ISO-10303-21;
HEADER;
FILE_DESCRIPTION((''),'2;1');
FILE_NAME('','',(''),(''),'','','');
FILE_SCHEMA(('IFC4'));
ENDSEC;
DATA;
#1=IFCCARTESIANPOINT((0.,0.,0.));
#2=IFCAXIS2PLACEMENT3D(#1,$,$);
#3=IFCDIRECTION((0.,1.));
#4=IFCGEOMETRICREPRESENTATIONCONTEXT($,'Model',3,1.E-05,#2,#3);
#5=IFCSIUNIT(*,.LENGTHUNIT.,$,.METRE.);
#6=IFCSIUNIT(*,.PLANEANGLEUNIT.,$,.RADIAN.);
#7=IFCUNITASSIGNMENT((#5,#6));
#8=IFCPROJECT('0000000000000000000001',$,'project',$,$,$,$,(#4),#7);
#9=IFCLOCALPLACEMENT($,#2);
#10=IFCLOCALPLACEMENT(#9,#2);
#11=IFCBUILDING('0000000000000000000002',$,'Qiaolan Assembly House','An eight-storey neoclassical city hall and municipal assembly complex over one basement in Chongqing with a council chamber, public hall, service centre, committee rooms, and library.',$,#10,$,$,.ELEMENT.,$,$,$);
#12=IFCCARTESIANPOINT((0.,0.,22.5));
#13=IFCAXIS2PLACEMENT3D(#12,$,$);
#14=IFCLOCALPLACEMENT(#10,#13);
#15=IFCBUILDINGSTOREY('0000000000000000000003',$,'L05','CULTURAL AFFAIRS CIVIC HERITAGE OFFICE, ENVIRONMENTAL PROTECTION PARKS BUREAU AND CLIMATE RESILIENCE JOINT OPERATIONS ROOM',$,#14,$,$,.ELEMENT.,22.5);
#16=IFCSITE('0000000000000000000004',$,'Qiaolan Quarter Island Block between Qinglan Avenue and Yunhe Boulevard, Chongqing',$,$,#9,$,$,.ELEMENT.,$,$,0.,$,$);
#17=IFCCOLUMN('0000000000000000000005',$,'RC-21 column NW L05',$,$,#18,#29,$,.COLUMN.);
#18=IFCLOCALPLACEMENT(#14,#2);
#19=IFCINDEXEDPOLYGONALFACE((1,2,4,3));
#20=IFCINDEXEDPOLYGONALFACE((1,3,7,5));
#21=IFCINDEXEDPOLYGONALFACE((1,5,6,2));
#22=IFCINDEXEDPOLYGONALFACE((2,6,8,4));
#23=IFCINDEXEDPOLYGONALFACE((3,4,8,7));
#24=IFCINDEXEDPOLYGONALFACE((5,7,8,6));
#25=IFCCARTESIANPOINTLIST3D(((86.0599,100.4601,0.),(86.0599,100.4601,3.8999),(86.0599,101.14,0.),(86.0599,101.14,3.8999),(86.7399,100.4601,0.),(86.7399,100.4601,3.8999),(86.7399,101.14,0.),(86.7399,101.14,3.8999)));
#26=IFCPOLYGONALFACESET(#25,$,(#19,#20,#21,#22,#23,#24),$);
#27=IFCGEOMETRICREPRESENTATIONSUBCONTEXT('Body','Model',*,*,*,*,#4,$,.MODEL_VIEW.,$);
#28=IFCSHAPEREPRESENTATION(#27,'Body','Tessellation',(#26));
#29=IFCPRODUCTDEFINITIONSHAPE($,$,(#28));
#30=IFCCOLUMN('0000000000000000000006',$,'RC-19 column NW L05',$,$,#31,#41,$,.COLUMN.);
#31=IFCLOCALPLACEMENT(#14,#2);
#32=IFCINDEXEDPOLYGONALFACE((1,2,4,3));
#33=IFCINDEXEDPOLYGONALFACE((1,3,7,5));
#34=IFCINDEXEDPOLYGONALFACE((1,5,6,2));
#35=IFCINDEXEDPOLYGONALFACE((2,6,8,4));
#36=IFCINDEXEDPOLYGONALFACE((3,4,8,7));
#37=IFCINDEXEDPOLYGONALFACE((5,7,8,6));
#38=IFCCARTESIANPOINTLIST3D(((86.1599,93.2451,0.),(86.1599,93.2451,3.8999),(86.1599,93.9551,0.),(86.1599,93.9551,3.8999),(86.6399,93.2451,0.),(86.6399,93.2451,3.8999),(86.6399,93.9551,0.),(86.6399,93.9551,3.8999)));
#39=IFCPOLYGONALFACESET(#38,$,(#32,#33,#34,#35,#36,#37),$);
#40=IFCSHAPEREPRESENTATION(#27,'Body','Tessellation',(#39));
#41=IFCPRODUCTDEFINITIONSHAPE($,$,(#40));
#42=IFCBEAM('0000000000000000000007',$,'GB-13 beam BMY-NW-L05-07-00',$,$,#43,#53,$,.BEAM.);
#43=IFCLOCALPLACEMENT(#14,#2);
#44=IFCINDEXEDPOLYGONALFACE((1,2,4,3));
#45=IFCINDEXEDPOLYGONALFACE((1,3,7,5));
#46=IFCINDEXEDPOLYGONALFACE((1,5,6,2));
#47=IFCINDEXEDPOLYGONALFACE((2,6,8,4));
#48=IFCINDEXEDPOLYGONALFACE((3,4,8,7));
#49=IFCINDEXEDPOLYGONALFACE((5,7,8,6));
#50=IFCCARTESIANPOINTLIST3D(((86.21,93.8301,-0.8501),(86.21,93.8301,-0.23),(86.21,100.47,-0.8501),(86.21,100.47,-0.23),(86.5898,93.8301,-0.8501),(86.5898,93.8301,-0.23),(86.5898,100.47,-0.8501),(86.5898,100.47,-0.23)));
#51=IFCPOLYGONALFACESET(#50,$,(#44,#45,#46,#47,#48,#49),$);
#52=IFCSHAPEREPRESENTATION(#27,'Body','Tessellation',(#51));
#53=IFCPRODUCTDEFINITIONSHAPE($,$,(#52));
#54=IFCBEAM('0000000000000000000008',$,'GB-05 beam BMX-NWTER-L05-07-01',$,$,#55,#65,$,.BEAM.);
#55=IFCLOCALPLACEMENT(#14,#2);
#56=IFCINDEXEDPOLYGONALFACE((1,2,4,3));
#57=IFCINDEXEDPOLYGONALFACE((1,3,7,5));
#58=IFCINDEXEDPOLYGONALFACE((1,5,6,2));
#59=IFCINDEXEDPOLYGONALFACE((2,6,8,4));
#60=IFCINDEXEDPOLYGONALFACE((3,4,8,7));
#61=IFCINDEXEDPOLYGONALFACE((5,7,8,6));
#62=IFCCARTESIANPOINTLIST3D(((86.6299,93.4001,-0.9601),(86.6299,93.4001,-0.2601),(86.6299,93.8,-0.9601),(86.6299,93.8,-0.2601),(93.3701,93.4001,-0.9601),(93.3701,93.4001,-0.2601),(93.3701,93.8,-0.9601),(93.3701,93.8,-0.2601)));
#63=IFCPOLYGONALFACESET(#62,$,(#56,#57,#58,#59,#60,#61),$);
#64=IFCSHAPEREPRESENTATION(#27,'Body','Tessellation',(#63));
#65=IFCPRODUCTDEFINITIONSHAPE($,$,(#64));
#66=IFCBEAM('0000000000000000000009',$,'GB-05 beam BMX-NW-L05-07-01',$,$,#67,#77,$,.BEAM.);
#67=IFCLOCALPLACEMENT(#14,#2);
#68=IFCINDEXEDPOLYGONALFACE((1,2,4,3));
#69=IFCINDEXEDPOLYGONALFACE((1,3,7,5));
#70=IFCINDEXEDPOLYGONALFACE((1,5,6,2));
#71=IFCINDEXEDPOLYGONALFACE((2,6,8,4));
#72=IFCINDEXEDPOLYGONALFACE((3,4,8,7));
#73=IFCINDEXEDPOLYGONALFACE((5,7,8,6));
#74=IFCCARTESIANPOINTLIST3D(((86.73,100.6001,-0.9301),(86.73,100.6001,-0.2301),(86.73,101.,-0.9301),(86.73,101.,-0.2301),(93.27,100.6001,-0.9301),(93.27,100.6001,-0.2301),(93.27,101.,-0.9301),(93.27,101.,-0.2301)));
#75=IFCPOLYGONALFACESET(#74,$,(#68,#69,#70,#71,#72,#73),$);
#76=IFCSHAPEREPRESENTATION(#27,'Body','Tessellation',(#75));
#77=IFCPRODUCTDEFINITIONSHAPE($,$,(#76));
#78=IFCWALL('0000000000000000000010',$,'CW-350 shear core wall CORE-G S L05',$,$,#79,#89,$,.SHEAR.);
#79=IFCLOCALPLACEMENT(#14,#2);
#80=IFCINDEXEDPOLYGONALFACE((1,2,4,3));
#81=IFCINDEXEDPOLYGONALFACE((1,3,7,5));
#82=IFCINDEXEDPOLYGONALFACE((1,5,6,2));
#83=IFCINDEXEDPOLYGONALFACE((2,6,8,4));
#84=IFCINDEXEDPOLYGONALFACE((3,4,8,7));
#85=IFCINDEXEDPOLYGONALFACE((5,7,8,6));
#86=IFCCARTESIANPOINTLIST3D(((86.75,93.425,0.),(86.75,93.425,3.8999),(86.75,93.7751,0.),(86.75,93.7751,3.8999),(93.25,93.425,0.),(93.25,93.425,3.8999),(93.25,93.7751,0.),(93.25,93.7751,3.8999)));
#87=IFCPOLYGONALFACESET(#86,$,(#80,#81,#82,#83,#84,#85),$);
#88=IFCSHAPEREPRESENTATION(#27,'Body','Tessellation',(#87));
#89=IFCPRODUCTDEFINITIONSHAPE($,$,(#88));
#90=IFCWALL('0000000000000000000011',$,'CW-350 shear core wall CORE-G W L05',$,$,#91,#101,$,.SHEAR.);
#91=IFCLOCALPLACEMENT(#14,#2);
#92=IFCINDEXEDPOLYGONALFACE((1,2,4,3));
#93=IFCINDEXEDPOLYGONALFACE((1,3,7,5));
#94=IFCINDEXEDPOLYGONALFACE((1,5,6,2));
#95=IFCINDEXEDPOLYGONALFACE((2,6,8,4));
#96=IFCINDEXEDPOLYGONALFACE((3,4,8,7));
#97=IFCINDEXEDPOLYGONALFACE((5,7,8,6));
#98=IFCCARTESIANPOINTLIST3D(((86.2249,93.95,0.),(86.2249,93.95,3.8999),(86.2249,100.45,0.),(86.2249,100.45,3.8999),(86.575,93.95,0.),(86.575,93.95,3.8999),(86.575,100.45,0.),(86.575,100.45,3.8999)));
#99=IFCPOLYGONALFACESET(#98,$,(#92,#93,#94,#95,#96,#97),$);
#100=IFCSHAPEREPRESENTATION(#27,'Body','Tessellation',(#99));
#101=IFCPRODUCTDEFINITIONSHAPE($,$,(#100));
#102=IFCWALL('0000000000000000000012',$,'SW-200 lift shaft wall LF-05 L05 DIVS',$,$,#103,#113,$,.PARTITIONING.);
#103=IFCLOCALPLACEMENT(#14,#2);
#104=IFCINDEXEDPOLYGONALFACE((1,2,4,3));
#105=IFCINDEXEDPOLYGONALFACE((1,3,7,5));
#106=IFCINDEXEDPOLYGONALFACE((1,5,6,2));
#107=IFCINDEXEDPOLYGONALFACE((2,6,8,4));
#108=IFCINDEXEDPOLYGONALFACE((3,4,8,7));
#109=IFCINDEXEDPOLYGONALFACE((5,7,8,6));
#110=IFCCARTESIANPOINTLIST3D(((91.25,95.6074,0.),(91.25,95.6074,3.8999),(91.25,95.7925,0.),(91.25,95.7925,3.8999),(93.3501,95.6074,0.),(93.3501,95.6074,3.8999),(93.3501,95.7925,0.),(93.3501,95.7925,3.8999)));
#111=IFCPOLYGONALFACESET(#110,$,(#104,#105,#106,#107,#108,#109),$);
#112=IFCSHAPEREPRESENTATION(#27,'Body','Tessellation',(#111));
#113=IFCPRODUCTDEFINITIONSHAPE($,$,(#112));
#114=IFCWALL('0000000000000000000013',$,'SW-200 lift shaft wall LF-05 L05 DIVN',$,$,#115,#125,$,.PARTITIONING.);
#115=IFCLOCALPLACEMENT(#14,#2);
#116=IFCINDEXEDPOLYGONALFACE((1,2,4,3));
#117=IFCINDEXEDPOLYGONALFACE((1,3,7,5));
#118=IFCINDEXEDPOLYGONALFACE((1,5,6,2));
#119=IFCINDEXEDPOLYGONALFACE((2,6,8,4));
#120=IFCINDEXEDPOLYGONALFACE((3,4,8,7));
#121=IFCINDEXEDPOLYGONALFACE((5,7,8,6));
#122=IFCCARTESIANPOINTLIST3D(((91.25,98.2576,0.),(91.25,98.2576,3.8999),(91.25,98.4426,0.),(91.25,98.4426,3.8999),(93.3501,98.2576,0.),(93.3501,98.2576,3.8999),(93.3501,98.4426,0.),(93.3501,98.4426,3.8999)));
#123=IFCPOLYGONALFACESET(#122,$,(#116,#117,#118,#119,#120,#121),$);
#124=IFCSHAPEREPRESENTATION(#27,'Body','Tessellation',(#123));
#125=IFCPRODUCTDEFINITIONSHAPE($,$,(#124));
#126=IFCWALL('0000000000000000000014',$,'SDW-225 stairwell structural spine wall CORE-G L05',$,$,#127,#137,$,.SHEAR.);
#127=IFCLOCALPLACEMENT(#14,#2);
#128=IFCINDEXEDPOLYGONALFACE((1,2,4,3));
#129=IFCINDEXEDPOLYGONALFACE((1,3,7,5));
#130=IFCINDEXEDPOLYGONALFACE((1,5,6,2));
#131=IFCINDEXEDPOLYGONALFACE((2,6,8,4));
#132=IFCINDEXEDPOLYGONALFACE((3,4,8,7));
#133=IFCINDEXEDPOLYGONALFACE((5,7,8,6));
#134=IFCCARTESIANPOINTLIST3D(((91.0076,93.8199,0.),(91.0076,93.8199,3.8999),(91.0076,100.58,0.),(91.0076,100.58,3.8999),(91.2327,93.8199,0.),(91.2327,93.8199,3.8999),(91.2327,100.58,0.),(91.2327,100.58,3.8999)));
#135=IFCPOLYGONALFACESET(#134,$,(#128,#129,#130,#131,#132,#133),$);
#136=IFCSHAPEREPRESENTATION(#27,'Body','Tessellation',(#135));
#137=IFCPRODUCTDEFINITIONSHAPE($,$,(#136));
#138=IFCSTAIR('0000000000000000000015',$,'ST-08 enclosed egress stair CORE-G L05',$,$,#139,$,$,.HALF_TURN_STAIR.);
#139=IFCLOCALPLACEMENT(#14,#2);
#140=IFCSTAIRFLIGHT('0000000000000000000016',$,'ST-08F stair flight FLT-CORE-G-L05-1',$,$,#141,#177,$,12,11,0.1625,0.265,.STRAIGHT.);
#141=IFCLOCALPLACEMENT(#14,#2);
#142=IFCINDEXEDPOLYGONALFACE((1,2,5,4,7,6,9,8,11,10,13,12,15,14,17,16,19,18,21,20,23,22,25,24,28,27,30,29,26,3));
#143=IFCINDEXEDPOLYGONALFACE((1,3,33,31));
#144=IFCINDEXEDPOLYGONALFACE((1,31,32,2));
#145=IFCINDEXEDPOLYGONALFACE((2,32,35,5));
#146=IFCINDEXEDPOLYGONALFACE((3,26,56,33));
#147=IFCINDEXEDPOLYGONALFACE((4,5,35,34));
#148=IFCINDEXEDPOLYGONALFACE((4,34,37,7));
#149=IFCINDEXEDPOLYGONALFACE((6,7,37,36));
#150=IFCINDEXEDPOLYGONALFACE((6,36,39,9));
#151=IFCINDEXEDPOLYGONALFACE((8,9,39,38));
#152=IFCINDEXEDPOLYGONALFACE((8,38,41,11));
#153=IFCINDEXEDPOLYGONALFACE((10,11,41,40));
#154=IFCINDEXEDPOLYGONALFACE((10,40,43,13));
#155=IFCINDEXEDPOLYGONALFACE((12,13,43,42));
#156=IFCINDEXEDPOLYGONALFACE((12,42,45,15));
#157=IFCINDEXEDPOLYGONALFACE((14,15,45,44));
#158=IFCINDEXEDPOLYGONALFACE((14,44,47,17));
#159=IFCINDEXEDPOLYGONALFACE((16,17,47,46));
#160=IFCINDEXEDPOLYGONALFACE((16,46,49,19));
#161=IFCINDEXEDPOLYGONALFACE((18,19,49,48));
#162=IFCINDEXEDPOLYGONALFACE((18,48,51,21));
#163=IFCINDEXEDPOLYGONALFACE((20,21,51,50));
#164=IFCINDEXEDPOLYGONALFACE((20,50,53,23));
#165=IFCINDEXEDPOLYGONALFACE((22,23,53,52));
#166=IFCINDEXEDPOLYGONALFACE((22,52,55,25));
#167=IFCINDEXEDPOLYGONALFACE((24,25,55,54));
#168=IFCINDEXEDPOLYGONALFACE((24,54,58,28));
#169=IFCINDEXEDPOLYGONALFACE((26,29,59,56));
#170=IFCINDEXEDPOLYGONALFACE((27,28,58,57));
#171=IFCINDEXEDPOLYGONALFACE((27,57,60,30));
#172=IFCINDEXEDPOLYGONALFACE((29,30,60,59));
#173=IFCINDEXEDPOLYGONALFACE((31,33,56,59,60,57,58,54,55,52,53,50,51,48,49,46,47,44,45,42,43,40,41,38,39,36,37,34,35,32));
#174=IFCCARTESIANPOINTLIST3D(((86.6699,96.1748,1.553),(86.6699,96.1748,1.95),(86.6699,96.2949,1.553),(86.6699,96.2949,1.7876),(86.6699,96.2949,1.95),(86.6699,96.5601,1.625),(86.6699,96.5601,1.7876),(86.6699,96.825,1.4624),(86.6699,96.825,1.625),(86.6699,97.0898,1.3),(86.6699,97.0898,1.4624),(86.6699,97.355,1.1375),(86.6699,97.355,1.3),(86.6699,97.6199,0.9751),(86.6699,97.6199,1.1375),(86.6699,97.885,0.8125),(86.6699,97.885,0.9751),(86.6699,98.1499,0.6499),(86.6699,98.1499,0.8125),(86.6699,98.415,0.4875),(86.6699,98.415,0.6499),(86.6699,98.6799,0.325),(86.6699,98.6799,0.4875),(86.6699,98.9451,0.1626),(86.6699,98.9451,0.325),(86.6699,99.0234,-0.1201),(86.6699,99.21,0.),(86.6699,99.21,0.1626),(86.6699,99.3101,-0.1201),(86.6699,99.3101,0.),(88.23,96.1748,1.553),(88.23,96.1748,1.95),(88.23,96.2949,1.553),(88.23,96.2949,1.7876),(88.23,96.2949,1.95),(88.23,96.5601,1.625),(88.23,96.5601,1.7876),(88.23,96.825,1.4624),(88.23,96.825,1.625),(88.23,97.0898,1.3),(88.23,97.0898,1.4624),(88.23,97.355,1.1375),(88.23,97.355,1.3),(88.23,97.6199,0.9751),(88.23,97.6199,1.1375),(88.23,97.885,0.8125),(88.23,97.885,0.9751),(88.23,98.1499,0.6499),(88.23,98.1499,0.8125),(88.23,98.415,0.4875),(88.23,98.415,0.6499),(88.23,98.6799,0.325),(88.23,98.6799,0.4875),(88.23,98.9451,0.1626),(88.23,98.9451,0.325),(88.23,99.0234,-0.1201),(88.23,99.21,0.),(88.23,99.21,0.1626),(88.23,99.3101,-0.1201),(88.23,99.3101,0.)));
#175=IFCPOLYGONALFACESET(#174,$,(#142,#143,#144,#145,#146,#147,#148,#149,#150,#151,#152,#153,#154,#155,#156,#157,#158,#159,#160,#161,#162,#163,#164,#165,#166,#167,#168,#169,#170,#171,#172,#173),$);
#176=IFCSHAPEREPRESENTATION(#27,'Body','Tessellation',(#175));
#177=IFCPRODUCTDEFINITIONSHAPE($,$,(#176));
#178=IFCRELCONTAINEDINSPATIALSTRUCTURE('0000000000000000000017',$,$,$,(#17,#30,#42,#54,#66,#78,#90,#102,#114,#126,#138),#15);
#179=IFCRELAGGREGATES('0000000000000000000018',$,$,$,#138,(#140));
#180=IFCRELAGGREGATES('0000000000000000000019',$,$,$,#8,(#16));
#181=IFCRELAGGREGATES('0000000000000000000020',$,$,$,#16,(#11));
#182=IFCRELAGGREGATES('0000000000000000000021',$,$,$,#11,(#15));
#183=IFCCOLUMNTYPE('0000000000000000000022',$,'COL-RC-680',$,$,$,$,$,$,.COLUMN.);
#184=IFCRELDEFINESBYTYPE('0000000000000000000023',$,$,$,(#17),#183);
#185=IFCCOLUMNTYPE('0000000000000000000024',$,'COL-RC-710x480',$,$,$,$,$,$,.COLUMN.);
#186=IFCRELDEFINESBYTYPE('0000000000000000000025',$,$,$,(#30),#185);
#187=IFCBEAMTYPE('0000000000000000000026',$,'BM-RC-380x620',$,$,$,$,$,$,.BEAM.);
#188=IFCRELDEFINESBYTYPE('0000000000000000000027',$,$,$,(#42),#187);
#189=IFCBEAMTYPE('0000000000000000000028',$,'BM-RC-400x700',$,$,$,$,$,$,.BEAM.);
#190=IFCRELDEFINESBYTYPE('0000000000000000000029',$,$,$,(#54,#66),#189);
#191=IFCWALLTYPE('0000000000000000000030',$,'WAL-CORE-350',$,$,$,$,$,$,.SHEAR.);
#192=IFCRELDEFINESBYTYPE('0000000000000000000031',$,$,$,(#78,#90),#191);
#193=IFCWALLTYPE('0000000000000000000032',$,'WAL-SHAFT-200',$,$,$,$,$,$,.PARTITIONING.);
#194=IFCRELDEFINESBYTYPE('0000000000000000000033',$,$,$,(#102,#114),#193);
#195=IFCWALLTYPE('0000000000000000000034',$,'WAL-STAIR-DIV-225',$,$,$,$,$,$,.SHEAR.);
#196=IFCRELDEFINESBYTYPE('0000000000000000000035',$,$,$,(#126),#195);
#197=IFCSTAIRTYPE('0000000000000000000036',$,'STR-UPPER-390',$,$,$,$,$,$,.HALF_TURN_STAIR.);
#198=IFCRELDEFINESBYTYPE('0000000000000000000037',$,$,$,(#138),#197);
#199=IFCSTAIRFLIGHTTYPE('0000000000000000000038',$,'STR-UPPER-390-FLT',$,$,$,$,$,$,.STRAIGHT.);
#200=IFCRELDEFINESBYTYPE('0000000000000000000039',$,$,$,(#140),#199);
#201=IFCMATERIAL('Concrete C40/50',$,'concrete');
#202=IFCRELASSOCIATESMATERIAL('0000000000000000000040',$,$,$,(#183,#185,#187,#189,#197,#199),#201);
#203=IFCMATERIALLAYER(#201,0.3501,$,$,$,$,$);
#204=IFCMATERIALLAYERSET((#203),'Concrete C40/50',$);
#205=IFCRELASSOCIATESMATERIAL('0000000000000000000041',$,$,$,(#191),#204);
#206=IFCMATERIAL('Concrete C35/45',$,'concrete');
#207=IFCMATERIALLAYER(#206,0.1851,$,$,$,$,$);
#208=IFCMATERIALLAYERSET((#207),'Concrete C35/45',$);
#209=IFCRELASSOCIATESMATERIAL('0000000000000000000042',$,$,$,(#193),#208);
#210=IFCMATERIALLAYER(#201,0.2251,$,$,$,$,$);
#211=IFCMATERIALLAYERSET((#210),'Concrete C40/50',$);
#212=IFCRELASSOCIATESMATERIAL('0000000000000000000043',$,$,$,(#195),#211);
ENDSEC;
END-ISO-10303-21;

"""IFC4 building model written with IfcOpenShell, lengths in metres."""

from ifc_helpers import new_model, si_unit, direction, frame, frame_2d, origin, origin_2d, place, context, subcontext, project, spatial, polyline, rectangle, outline, extrude, material, layer, layer_set, material_profile, profile_set, type_object, element, aggregate, save


model = new_model("IFC4")

# Units and contexts
model_context = context("Model", 3, precision=1e-05, world=origin(), true_north=direction((0.0, 1.0)))
body_context = subcontext(model_context, "Body", "Model", "MODEL_VIEW")
ifc_project = project(units=[si_unit("LENGTHUNIT", "METRE"), si_unit("PLANEANGLEUNIT", "RADIAN")], contexts=[model_context])

# Site, building, storey
site_placement = place(None, origin())
site = spatial("IfcSite", under=ifc_project, at=site_placement, Name="Qiaolan Quarter Island Block between Qinglan Avenue and Yunhe Boulevard, Chongqing", CompositionType="ELEMENT", RefElevation=0.0)
building_placement = place(site_placement, origin())
building = spatial("IfcBuilding", under=site, at=building_placement, Name="Qiaolan Assembly House", Description="An eight-storey neoclassical city hall and municipal assembly complex over one basement in Chongqing with a council chamber, public hall, service centre, committee rooms, and library.", CompositionType="ELEMENT")
storey_placement = place(building_placement, frame((0.0, 0.0, 22.5)))
storey = spatial("IfcBuildingStorey", under=building, at=storey_placement, Name="L05", Description="CULTURAL AFFAIRS CIVIC HERITAGE OFFICE, ENVIRONMENTAL PROTECTION PARKS BUREAU AND CLIMATE RESILIENCE JOINT OPERATIONS ROOM", CompositionType="ELEMENT", Elevation=22.5)

# Columns
ifc_material_1 = material(Name="Concrete C40/50", Category="concrete")
ifc_material_profile_1 = material_profile(ifc_material_1, rectangle(XDim=0.6799, YDim=0.6799, at=origin_2d()), Name="RC 680x680")
ifc_profile_set_1 = profile_set([ifc_material_profile_1], Name="Concrete C40/50")
column_type_1 = type_object("IfcColumnType", Name="COL-RC-680", PredefinedType="COLUMN", material=ifc_profile_set_1)
column_1_placement = place(storey_placement, frame((86.3999, 100.8, 0.0), z_axis=(0.0, 0.0, 1.0), x_axis=(1.0, 0.0, 0.0)))
element("IfcColumn", 1, at=column_1_placement, inside=storey, type_object=column_type_1, Name="RC-21 column NW L05", PredefinedType="COLUMN", context=body_context, shape_type="SweptSolid", body=[
    extrude(rectangle(XDim=0.6799, YDim=0.6799, at=origin_2d()), origin(), (0.0, 0.0, 1.0), 3.8999),
])
ifc_material_profile_2 = material_profile(ifc_material_1, rectangle(XDim=0.48, YDim=0.71, at=origin_2d()), Name="RC 710x480")
ifc_profile_set_2 = profile_set([ifc_material_profile_2], Name="Concrete C40/50")
column_type_2 = type_object("IfcColumnType", Name="COL-RC-710x480", PredefinedType="COLUMN", material=ifc_profile_set_2)
column_2_placement = place(storey_placement, frame((86.3999, 93.6001, 0.0), z_axis=(0.0, 0.0, 1.0), x_axis=(1.0, 0.0, 0.0)))
element("IfcColumn", 2, at=column_2_placement, inside=storey, type_object=column_type_2, Name="RC-19 column NW L05", PredefinedType="COLUMN", context=body_context, shape_type="SweptSolid", body=[
    extrude(rectangle(XDim=0.48, YDim=0.71, at=origin_2d()), origin(), (0.0, 0.0, 1.0), 3.8999),
])

# Beams
ifc_material_profile_3 = material_profile(ifc_material_1, rectangle(XDim=0.3799, YDim=0.6201, at=origin_2d()), Name="RCB 380x620")
ifc_profile_set_3 = profile_set([ifc_material_profile_3], Name="Concrete C40/50")
beam_type_1 = type_object("IfcBeamType", Name="BM-RC-380x620", PredefinedType="BEAM", material=ifc_profile_set_3)
beam_1_placement = place(storey_placement, frame((86.3999, 93.8301, -0.54), z_axis=(0.0, 1.0, 0.0), x_axis=(-1.0, 0.0, 0.0)))
element("IfcBeam", 3, at=beam_1_placement, inside=storey, type_object=beam_type_1, Name="GB-13 beam BMY-NW-L05-07-00", PredefinedType="BEAM", context=body_context, shape_type="SweptSolid", body=[
    extrude(rectangle(XDim=0.3799, YDim=0.6201, at=origin_2d()), origin(), (0.0, 0.0, 1.0), 6.6399),
])
ifc_material_profile_4 = material_profile(ifc_material_1, rectangle(XDim=0.3999, YDim=0.7, at=origin_2d()), Name="RCB 400x700")
ifc_profile_set_4 = profile_set([ifc_material_profile_4], Name="Concrete C40/50")
beam_type_2 = type_object("IfcBeamType", Name="BM-RC-400x700", PredefinedType="BEAM", material=ifc_profile_set_4)
beam_2_placement = place(storey_placement, frame((86.6299, 93.6001, -0.6101), z_axis=(1.0, 0.0, 0.0), x_axis=(0.0, 1.0, 0.0)))
element("IfcBeam", 4, at=beam_2_placement, inside=storey, type_object=beam_type_2, Name="GB-05 beam BMX-NWTER-L05-07-01", PredefinedType="BEAM", context=body_context, shape_type="SweptSolid", body=[
    extrude(rectangle(XDim=0.3999, YDim=0.7, at=origin_2d()), origin(), (0.0, 0.0, 1.0), 6.7402),
])
beam_3_placement = place(storey_placement, frame((86.73, 100.8, -0.5801), z_axis=(1.0, 0.0, 0.0), x_axis=(0.0, 1.0, 0.0)))
element("IfcBeam", 5, at=beam_3_placement, inside=storey, type_object=beam_type_2, Name="GB-05 beam BMX-NW-L05-07-01", PredefinedType="BEAM", context=body_context, shape_type="SweptSolid", body=[
    extrude(rectangle(XDim=0.3999, YDim=0.7, at=origin_2d()), origin(), (0.0, 0.0, 1.0), 6.54),
])

# Walls
ifc_layer_1 = layer(ifc_material_1, 0.3501)
ifc_layer_set_1 = layer_set([ifc_layer_1], Name="Concrete C40/50")
wall_type_1 = type_object("IfcWallType", Name="WAL-CORE-350", PredefinedType="SHEAR", material=ifc_layer_set_1)
for number, where, z_axis, x_axis, name in (
    (6, (86.75, 93.6001, 0.0), (0.0, 0.0, 1.0), (1.0, 0.0, 0.0), "CW-350 shear core wall CORE-G S L05"),
    (7, (86.3999, 100.45, 0.0), (0.0, 0.0, 1.0), (0.0, -1.0, 0.0), "CW-350 shear core wall CORE-G W L05"),
):
    element("IfcWall", number, at=place(storey_placement, frame(where, z_axis=z_axis, x_axis=x_axis)), inside=storey, type_object=wall_type_1, Name=name, PredefinedType="SHEAR", context=body_context, shape_type="SweptSolid", body=[
        extrude(rectangle(XDim=6.5, YDim=0.3501, at=frame_2d((3.25, 0.0))), origin(), (0.0, 0.0, 1.0), 3.8999),
    ])
ifc_material_2 = material(Name="Concrete C35/45", Category="concrete")
ifc_layer_2 = layer(ifc_material_2, 0.1851)
ifc_layer_set_2 = layer_set([ifc_layer_2], Name="Concrete C35/45")
wall_type_2 = type_object("IfcWallType", Name="WAL-SHAFT-200", PredefinedType="PARTITIONING", material=ifc_layer_set_2)
for number, where, z_axis, x_axis, name in (
    (8, (91.25, 95.7, 0.0), (0.0, 0.0, 1.0), (1.0, 0.0, 0.0), "SW-200 lift shaft wall LF-05 L05 DIVS"),
    (9, (91.25, 98.3501, 0.0), (0.0, 0.0, 1.0), (1.0, 0.0, 0.0), "SW-200 lift shaft wall LF-05 L05 DIVN"),
):
    element("IfcWall", number, at=place(storey_placement, frame(where, z_axis=z_axis, x_axis=x_axis)), inside=storey, type_object=wall_type_2, Name=name, PredefinedType="PARTITIONING", context=body_context, shape_type="SweptSolid", body=[
        extrude(rectangle(XDim=2.1001, YDim=0.1851, at=frame_2d((1.05, 0.0))), origin(), (0.0, 0.0, 1.0), 3.8999),
    ])
ifc_layer_3 = layer(ifc_material_1, 0.2251)
ifc_layer_set_3 = layer_set([ifc_layer_3], Name="Concrete C40/50")
wall_type_3 = type_object("IfcWallType", Name="WAL-STAIR-DIV-225", PredefinedType="SHEAR", material=ifc_layer_set_3)
wall_placement = place(storey_placement, frame((91.1201, 93.8201, 0.0), z_axis=(0.0, 0.0, 1.0), x_axis=(0.0, 1.0, 0.0)))
element("IfcWall", 10, at=wall_placement, inside=storey, type_object=wall_type_3, Name="SDW-225 stairwell structural spine wall CORE-G L05", PredefinedType="SHEAR", context=body_context, shape_type="SweptSolid", body=[
    extrude(rectangle(XDim=6.76, YDim=0.2251, at=frame_2d((3.3799, 0.0))), origin(), (0.0, 0.0, 1.0), 3.8999),
])

# Stair, stair flight
stair_type = type_object("IfcStairType", Name="STR-UPPER-390", PredefinedType="HALF_TURN_STAIR", material=ifc_material_1)
stair_placement = place(storey_placement, origin())
stair = element("IfcStair", 11, at=stair_placement, inside=storey, type_object=stair_type, Name="ST-08 enclosed egress stair CORE-G L05", PredefinedType="HALF_TURN_STAIR")
stair_flight_type = type_object("IfcStairFlightType", Name="STR-UPPER-390-FLT", PredefinedType="STRAIGHT", material=ifc_material_1)
stair_flight_1_placement = place(storey_placement, frame((87.45, 99.21, 0.0), z_axis=(0.0, 0.0, 1.0), x_axis=(0.0, -1.0, 0.0)))
stair_flight_1 = element("IfcStairFlight", 12, at=stair_flight_1_placement, type_object=stair_flight_type, Name="ST-08F stair flight FLT-CORE-G-L05-1", NumberOfRisers=12, NumberOfTreads=11, PredefinedType="STRAIGHT", RiserHeight=0.1625, TreadLength=0.265, context=body_context, shape_type="SweptSolid", body=[
    extrude(outline(polyline([(-0.1001, -0.1201), (-0.1001, 0.0), (0.0, 0.0), (0.0, 0.1626), (0.2649, 0.1626), (0.2649, 0.325), (0.53, 0.325), (0.53, 0.4875), (0.7949, 0.4875), (0.7949, 0.6499), (1.0601, 0.6499), (1.0601, 0.8125), (1.325, 0.8125), (1.325, 0.9751), (1.5901, 0.9751), (1.5901, 1.1375), (1.855, 1.1375), (1.855, 1.3), (2.1201, 1.3), (2.1201, 1.4624), (2.385, 1.4624), (2.385, 1.625), (2.6499, 1.625), (2.6499, 1.7876), (2.915, 1.7876), (2.915, 1.95), (3.0352, 1.95), (3.0352, 1.553), (2.915, 1.553), (0.1865, -0.1201), (-0.1001, -0.1201)])), frame((0.0, 0.78, 0.0), z_axis=(0.0, -1.0, 0.0), x_axis=(1.0, 0.0, 0.0)), (0.0, 0.0, 1.0), 1.5601),
])
aggregate(stair, [stair_flight_1])

save(model, "model.ifc")
